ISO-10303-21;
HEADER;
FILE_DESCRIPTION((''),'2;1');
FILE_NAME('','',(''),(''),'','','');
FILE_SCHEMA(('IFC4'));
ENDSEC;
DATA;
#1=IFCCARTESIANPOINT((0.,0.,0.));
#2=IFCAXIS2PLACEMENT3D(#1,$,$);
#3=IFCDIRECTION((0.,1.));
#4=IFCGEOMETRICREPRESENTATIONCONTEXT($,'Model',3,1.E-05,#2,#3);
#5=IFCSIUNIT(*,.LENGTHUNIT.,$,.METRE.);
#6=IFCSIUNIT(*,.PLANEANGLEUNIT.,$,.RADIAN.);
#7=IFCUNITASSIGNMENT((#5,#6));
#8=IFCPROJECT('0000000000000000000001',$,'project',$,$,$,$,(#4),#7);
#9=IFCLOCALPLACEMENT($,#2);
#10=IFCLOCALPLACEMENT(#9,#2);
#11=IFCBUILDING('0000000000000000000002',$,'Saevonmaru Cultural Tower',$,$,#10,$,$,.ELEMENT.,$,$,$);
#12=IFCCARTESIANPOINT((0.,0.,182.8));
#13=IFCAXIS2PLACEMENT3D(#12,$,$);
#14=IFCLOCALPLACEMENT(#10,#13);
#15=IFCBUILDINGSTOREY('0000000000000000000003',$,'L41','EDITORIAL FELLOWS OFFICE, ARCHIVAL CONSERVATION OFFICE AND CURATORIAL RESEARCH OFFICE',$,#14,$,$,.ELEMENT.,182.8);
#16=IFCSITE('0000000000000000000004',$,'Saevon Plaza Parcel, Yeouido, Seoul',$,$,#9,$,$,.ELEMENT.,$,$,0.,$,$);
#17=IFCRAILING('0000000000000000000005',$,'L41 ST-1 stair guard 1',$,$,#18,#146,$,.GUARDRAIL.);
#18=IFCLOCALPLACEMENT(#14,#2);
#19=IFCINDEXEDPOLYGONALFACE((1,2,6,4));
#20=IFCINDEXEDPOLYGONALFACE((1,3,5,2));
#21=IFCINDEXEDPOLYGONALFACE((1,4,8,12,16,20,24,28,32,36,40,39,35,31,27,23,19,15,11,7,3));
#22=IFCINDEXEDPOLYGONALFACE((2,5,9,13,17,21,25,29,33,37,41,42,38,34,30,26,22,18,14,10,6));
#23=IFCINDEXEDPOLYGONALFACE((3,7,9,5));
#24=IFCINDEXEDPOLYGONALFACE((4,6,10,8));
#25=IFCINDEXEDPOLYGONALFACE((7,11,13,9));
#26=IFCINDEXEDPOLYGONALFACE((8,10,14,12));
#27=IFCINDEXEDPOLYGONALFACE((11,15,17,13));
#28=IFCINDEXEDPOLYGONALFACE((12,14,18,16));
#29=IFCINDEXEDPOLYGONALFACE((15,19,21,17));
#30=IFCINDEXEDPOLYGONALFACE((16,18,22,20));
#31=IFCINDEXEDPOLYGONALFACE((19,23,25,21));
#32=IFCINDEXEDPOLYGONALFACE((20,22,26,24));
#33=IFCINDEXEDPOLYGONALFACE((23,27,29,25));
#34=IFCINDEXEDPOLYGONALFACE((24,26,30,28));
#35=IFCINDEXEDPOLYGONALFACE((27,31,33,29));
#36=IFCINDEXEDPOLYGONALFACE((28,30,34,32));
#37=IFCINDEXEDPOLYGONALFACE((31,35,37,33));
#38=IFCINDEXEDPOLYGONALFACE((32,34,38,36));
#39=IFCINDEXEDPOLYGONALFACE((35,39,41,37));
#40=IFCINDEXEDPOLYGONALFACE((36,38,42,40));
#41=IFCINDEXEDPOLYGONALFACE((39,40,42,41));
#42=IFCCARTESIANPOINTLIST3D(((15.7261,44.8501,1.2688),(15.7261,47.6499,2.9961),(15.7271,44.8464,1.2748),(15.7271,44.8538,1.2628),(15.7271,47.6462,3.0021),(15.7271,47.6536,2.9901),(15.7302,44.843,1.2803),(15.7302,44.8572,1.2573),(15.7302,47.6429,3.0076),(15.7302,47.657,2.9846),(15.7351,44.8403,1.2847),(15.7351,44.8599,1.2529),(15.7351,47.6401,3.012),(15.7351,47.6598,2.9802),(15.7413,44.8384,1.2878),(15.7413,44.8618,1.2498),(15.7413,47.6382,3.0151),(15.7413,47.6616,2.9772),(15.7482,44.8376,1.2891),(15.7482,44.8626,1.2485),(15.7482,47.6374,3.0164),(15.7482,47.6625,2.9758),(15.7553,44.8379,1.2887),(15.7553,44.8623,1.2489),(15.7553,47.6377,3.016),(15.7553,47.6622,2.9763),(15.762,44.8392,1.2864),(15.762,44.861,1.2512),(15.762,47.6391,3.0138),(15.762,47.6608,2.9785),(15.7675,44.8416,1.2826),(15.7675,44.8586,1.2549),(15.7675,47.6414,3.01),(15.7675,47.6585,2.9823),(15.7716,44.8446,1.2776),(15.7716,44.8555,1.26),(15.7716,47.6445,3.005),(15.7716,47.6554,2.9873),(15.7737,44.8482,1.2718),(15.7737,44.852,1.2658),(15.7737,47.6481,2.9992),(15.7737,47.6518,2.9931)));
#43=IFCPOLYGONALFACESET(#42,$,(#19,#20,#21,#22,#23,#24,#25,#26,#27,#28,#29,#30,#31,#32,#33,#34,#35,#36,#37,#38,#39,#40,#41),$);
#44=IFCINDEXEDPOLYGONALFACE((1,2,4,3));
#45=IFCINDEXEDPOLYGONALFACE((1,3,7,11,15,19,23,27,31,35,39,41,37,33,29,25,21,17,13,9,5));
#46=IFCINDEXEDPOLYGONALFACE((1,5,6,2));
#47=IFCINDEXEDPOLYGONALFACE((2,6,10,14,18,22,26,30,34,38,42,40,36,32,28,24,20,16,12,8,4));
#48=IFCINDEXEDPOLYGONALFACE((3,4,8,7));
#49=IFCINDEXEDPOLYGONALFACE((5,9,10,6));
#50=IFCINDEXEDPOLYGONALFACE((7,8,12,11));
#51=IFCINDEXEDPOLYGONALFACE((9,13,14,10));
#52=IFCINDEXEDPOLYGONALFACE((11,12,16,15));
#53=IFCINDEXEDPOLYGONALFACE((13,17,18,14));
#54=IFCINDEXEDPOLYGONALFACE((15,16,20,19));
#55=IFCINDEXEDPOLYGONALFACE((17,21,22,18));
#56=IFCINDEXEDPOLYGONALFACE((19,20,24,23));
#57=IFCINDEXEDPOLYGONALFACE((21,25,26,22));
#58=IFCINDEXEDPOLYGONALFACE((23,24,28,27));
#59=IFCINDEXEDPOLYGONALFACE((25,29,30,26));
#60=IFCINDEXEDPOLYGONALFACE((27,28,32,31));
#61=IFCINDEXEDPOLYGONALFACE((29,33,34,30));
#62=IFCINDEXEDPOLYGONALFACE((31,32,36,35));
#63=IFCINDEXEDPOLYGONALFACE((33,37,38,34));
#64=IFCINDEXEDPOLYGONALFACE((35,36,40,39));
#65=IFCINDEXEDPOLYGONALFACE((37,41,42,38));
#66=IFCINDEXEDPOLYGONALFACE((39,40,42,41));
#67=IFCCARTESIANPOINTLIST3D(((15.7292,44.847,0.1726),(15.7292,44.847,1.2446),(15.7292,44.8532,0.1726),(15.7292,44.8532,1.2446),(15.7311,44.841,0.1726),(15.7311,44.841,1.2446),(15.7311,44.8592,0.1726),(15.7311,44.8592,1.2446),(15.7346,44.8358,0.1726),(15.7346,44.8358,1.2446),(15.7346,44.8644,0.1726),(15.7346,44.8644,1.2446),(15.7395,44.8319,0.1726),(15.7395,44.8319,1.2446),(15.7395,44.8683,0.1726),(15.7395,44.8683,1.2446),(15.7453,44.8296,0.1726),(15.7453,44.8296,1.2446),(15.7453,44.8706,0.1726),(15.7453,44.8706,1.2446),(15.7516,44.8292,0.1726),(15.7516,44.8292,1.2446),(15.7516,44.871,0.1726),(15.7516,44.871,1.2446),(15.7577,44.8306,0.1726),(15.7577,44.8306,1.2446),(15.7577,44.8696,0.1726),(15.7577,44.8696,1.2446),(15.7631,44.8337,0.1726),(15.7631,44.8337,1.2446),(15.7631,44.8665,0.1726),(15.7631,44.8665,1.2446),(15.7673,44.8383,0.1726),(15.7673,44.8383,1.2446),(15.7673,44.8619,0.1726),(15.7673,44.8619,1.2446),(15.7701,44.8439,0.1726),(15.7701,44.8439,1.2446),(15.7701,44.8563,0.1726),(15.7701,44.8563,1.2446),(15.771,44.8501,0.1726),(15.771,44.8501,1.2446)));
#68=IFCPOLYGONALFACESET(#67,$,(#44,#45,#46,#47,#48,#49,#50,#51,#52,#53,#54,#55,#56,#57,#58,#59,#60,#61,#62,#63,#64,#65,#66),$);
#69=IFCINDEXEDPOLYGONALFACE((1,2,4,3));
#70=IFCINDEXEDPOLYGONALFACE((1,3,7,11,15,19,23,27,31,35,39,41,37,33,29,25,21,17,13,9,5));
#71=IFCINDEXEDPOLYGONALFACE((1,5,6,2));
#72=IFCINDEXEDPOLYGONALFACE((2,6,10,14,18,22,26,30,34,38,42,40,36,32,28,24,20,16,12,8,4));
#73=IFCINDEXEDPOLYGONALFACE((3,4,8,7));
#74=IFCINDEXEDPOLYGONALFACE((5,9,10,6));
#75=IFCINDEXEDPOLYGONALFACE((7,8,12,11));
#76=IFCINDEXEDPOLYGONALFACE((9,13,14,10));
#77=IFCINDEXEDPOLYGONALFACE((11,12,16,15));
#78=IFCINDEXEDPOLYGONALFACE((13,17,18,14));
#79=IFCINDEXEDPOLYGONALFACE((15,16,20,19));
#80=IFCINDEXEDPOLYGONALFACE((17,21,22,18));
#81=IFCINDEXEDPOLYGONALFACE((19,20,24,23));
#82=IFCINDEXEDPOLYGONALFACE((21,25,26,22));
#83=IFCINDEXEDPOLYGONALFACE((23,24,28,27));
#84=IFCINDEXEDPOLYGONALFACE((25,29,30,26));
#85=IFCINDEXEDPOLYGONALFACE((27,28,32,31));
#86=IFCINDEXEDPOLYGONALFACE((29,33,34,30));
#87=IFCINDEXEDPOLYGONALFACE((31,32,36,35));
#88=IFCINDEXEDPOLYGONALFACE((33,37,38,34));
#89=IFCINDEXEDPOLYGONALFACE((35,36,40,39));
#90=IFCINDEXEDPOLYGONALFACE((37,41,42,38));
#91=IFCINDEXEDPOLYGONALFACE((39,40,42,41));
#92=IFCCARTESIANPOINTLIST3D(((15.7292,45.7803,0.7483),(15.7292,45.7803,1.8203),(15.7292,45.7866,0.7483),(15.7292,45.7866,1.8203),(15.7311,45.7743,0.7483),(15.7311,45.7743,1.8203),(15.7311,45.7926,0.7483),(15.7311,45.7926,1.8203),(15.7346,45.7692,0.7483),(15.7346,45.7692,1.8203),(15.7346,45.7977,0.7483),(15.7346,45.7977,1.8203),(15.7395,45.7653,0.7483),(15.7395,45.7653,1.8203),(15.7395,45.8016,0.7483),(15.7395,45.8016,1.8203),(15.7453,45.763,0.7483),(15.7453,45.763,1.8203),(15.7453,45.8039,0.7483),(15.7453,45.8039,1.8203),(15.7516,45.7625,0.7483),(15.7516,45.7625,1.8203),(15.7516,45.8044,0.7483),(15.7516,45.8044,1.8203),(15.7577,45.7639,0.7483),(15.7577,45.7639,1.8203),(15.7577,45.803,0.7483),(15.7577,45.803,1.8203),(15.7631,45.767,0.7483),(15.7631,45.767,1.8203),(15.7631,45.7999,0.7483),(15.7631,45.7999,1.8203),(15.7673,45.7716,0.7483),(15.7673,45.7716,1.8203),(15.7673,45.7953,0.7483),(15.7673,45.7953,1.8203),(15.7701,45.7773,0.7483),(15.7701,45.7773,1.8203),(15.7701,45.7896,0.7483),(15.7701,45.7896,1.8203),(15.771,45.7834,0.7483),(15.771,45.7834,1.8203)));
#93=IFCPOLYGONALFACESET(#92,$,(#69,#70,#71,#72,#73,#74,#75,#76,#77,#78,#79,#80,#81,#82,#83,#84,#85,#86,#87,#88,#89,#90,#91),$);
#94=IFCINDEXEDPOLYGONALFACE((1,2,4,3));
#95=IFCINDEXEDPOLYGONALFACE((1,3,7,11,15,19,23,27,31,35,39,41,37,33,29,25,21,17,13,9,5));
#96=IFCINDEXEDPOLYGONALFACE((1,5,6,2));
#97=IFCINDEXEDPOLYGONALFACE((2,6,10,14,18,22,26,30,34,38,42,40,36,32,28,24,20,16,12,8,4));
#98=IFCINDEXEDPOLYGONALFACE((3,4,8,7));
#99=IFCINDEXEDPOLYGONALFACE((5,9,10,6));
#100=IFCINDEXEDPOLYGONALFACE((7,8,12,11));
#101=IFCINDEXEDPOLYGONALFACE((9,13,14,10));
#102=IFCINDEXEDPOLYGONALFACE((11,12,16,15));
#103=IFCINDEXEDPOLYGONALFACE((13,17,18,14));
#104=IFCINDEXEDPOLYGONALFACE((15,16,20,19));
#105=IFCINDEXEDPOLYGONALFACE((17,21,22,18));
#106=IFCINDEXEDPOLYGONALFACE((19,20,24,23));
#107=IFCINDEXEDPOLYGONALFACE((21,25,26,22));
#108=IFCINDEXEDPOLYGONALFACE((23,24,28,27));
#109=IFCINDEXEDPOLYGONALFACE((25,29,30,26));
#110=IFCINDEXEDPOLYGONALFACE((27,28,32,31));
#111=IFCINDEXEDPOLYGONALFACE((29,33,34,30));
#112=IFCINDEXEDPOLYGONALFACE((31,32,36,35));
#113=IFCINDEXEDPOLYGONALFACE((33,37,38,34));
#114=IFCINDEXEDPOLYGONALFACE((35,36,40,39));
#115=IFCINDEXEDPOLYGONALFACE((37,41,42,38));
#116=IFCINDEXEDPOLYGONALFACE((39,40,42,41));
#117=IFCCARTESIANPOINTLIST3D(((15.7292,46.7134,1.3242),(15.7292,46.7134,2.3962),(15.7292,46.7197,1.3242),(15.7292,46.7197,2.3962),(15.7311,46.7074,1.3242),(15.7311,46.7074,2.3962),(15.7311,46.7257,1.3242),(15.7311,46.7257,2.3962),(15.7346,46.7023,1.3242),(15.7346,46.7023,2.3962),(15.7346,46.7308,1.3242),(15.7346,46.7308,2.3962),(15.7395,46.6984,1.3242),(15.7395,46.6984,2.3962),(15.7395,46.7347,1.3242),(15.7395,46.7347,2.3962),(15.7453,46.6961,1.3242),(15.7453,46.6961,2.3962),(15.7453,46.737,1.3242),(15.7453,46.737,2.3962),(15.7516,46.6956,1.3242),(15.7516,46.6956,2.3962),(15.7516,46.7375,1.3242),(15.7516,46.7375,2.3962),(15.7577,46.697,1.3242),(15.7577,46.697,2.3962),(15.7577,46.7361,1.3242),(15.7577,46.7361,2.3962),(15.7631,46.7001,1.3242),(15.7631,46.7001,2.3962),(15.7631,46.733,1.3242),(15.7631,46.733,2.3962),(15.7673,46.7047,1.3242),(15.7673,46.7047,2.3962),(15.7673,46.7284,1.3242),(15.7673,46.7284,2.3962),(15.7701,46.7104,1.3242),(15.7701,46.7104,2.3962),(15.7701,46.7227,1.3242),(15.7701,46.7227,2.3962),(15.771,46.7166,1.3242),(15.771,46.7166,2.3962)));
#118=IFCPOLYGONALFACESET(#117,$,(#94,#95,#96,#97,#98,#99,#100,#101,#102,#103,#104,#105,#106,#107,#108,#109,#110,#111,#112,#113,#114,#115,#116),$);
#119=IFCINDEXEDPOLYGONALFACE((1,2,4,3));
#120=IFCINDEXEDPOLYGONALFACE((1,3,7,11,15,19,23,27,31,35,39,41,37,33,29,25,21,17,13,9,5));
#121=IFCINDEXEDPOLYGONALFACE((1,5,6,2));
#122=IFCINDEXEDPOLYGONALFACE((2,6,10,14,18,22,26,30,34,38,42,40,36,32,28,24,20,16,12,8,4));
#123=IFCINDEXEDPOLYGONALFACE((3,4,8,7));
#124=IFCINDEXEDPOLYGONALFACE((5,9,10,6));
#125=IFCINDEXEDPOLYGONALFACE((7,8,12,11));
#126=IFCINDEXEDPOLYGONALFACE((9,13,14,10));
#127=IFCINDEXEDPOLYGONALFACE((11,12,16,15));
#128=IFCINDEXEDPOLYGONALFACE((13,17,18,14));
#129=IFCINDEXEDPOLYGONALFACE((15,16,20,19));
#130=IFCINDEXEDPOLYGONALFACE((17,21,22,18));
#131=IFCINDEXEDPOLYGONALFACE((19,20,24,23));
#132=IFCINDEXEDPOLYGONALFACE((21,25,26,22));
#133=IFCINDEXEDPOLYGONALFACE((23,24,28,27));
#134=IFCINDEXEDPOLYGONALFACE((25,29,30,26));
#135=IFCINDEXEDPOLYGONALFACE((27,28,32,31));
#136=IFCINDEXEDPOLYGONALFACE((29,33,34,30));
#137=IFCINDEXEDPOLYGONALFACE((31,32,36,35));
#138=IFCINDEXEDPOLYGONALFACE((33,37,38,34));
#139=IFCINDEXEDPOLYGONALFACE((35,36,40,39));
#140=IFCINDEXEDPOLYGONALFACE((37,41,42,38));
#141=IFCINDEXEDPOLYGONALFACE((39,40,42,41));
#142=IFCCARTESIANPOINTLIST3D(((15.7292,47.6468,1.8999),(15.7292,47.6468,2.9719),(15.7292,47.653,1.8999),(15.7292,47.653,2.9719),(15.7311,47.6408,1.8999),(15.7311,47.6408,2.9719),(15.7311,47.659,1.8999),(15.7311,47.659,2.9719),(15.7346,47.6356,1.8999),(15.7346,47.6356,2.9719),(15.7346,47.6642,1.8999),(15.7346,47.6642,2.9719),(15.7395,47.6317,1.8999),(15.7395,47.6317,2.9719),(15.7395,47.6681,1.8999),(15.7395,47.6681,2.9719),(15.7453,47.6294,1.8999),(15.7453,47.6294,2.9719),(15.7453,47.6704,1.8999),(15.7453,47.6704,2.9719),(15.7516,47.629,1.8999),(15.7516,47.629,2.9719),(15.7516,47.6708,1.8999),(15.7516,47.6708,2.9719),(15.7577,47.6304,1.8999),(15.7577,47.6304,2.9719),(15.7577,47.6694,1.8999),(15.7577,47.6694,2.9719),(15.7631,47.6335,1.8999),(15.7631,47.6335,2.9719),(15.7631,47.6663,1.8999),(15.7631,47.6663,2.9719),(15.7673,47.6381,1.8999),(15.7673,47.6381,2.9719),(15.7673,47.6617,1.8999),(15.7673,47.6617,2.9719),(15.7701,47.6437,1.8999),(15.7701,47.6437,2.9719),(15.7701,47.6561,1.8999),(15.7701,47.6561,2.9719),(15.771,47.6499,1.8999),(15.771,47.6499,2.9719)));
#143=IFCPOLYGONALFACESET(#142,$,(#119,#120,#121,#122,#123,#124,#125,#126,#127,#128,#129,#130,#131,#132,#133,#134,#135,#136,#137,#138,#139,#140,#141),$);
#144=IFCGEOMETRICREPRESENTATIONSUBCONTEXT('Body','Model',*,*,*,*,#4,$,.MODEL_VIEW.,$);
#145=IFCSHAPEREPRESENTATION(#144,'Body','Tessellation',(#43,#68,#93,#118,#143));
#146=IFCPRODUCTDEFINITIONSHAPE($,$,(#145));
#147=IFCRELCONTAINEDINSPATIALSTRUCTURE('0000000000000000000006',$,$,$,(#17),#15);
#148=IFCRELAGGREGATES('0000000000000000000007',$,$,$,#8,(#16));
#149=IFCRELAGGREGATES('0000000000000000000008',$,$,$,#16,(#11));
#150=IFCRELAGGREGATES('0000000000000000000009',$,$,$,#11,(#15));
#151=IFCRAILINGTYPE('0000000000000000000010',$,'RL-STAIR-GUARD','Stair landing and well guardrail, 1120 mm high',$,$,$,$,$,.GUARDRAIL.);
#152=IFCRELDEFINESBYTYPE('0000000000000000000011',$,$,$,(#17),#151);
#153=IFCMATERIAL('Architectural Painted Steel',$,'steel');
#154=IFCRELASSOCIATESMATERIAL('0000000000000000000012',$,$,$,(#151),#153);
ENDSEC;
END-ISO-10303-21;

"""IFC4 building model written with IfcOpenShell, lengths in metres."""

from ifc_helpers import new_model, si_unit, direction, frame, origin, origin_2d, place, context, subcontext, project, spatial, circle, extrude, material, type_object, element, save


model = new_model("IFC4")

# Units and contexts
model_context = context("Model", 3, precision=1e-05, world=origin(), true_north=direction((0.0, 1.0)))
body_context = subcontext(model_context, "Body", "Model", "MODEL_VIEW")
ifc_project = project(units=[si_unit("LENGTHUNIT", "METRE"), si_unit("PLANEANGLEUNIT", "RADIAN")], contexts=[model_context])

# Site, building, storey
site_placement = place(None, origin())
site = spatial("IfcSite", under=ifc_project, at=site_placement, Name="Saevon Plaza Parcel, Yeouido, Seoul", CompositionType="ELEMENT", RefElevation=0.0)
building_placement = place(site_placement, origin())
building = spatial("IfcBuilding", under=site, at=building_placement, Name="Saevonmaru Cultural Tower", CompositionType="ELEMENT")
storey_placement = place(building_placement, frame((0.0, 0.0, 182.8)))
storey = spatial("IfcBuildingStorey", under=building, at=storey_placement, Name="L41", Description="EDITORIAL FELLOWS OFFICE, ARCHIVAL CONSERVATION OFFICE AND CURATORIAL RESEARCH OFFICE", CompositionType="ELEMENT", Elevation=182.8)

# Railing
ifc_material_1 = material(Name="Architectural Painted Steel", Category="steel")
railing_type_1 = type_object("IfcRailingType", Name="RL-STAIR-GUARD", Description="Stair landing and well guardrail, 1120 mm high", PredefinedType="GUARDRAIL", material=ifc_material_1)
railing_1_placement = place(storey_placement, frame((15.75, 44.8501, 0.1726)))
element("IfcRailing", 1, at=railing_1_placement, inside=storey, type_object=railing_type_1, Name="L41 ST-1 stair guard 1", PredefinedType="GUARDRAIL", context=body_context, shape_type="SweptSolid", body=[
    extrude(circle(Radius=0.0239, at=origin_2d()), frame((0.0, 0.0, 1.0962), z_axis=(0.0, 0.851069, 0.525054), x_axis=(-1.0, 0.0, 0.0)), (0.0, 0.0, 1.0), 3.2898),
    extrude(circle(Radius=0.021, at=origin_2d()), origin(), (0.0, 0.0, 1.0), 1.072),
    extrude(circle(Radius=0.021, at=origin_2d()), frame((0.0, 0.9333, 0.5757)), (0.0, 0.0, 1.0), 1.072),
    extrude(circle(Radius=0.021, at=origin_2d()), frame((0.0, 1.8665, 1.1516)), (0.0, 0.0, 1.0), 1.072),
    extrude(circle(Radius=0.021, at=origin_2d()), frame((0.0, 2.7998, 1.7273)), (0.0, 0.0, 1.0), 1.072),
])

save(model, "model.ifc")
